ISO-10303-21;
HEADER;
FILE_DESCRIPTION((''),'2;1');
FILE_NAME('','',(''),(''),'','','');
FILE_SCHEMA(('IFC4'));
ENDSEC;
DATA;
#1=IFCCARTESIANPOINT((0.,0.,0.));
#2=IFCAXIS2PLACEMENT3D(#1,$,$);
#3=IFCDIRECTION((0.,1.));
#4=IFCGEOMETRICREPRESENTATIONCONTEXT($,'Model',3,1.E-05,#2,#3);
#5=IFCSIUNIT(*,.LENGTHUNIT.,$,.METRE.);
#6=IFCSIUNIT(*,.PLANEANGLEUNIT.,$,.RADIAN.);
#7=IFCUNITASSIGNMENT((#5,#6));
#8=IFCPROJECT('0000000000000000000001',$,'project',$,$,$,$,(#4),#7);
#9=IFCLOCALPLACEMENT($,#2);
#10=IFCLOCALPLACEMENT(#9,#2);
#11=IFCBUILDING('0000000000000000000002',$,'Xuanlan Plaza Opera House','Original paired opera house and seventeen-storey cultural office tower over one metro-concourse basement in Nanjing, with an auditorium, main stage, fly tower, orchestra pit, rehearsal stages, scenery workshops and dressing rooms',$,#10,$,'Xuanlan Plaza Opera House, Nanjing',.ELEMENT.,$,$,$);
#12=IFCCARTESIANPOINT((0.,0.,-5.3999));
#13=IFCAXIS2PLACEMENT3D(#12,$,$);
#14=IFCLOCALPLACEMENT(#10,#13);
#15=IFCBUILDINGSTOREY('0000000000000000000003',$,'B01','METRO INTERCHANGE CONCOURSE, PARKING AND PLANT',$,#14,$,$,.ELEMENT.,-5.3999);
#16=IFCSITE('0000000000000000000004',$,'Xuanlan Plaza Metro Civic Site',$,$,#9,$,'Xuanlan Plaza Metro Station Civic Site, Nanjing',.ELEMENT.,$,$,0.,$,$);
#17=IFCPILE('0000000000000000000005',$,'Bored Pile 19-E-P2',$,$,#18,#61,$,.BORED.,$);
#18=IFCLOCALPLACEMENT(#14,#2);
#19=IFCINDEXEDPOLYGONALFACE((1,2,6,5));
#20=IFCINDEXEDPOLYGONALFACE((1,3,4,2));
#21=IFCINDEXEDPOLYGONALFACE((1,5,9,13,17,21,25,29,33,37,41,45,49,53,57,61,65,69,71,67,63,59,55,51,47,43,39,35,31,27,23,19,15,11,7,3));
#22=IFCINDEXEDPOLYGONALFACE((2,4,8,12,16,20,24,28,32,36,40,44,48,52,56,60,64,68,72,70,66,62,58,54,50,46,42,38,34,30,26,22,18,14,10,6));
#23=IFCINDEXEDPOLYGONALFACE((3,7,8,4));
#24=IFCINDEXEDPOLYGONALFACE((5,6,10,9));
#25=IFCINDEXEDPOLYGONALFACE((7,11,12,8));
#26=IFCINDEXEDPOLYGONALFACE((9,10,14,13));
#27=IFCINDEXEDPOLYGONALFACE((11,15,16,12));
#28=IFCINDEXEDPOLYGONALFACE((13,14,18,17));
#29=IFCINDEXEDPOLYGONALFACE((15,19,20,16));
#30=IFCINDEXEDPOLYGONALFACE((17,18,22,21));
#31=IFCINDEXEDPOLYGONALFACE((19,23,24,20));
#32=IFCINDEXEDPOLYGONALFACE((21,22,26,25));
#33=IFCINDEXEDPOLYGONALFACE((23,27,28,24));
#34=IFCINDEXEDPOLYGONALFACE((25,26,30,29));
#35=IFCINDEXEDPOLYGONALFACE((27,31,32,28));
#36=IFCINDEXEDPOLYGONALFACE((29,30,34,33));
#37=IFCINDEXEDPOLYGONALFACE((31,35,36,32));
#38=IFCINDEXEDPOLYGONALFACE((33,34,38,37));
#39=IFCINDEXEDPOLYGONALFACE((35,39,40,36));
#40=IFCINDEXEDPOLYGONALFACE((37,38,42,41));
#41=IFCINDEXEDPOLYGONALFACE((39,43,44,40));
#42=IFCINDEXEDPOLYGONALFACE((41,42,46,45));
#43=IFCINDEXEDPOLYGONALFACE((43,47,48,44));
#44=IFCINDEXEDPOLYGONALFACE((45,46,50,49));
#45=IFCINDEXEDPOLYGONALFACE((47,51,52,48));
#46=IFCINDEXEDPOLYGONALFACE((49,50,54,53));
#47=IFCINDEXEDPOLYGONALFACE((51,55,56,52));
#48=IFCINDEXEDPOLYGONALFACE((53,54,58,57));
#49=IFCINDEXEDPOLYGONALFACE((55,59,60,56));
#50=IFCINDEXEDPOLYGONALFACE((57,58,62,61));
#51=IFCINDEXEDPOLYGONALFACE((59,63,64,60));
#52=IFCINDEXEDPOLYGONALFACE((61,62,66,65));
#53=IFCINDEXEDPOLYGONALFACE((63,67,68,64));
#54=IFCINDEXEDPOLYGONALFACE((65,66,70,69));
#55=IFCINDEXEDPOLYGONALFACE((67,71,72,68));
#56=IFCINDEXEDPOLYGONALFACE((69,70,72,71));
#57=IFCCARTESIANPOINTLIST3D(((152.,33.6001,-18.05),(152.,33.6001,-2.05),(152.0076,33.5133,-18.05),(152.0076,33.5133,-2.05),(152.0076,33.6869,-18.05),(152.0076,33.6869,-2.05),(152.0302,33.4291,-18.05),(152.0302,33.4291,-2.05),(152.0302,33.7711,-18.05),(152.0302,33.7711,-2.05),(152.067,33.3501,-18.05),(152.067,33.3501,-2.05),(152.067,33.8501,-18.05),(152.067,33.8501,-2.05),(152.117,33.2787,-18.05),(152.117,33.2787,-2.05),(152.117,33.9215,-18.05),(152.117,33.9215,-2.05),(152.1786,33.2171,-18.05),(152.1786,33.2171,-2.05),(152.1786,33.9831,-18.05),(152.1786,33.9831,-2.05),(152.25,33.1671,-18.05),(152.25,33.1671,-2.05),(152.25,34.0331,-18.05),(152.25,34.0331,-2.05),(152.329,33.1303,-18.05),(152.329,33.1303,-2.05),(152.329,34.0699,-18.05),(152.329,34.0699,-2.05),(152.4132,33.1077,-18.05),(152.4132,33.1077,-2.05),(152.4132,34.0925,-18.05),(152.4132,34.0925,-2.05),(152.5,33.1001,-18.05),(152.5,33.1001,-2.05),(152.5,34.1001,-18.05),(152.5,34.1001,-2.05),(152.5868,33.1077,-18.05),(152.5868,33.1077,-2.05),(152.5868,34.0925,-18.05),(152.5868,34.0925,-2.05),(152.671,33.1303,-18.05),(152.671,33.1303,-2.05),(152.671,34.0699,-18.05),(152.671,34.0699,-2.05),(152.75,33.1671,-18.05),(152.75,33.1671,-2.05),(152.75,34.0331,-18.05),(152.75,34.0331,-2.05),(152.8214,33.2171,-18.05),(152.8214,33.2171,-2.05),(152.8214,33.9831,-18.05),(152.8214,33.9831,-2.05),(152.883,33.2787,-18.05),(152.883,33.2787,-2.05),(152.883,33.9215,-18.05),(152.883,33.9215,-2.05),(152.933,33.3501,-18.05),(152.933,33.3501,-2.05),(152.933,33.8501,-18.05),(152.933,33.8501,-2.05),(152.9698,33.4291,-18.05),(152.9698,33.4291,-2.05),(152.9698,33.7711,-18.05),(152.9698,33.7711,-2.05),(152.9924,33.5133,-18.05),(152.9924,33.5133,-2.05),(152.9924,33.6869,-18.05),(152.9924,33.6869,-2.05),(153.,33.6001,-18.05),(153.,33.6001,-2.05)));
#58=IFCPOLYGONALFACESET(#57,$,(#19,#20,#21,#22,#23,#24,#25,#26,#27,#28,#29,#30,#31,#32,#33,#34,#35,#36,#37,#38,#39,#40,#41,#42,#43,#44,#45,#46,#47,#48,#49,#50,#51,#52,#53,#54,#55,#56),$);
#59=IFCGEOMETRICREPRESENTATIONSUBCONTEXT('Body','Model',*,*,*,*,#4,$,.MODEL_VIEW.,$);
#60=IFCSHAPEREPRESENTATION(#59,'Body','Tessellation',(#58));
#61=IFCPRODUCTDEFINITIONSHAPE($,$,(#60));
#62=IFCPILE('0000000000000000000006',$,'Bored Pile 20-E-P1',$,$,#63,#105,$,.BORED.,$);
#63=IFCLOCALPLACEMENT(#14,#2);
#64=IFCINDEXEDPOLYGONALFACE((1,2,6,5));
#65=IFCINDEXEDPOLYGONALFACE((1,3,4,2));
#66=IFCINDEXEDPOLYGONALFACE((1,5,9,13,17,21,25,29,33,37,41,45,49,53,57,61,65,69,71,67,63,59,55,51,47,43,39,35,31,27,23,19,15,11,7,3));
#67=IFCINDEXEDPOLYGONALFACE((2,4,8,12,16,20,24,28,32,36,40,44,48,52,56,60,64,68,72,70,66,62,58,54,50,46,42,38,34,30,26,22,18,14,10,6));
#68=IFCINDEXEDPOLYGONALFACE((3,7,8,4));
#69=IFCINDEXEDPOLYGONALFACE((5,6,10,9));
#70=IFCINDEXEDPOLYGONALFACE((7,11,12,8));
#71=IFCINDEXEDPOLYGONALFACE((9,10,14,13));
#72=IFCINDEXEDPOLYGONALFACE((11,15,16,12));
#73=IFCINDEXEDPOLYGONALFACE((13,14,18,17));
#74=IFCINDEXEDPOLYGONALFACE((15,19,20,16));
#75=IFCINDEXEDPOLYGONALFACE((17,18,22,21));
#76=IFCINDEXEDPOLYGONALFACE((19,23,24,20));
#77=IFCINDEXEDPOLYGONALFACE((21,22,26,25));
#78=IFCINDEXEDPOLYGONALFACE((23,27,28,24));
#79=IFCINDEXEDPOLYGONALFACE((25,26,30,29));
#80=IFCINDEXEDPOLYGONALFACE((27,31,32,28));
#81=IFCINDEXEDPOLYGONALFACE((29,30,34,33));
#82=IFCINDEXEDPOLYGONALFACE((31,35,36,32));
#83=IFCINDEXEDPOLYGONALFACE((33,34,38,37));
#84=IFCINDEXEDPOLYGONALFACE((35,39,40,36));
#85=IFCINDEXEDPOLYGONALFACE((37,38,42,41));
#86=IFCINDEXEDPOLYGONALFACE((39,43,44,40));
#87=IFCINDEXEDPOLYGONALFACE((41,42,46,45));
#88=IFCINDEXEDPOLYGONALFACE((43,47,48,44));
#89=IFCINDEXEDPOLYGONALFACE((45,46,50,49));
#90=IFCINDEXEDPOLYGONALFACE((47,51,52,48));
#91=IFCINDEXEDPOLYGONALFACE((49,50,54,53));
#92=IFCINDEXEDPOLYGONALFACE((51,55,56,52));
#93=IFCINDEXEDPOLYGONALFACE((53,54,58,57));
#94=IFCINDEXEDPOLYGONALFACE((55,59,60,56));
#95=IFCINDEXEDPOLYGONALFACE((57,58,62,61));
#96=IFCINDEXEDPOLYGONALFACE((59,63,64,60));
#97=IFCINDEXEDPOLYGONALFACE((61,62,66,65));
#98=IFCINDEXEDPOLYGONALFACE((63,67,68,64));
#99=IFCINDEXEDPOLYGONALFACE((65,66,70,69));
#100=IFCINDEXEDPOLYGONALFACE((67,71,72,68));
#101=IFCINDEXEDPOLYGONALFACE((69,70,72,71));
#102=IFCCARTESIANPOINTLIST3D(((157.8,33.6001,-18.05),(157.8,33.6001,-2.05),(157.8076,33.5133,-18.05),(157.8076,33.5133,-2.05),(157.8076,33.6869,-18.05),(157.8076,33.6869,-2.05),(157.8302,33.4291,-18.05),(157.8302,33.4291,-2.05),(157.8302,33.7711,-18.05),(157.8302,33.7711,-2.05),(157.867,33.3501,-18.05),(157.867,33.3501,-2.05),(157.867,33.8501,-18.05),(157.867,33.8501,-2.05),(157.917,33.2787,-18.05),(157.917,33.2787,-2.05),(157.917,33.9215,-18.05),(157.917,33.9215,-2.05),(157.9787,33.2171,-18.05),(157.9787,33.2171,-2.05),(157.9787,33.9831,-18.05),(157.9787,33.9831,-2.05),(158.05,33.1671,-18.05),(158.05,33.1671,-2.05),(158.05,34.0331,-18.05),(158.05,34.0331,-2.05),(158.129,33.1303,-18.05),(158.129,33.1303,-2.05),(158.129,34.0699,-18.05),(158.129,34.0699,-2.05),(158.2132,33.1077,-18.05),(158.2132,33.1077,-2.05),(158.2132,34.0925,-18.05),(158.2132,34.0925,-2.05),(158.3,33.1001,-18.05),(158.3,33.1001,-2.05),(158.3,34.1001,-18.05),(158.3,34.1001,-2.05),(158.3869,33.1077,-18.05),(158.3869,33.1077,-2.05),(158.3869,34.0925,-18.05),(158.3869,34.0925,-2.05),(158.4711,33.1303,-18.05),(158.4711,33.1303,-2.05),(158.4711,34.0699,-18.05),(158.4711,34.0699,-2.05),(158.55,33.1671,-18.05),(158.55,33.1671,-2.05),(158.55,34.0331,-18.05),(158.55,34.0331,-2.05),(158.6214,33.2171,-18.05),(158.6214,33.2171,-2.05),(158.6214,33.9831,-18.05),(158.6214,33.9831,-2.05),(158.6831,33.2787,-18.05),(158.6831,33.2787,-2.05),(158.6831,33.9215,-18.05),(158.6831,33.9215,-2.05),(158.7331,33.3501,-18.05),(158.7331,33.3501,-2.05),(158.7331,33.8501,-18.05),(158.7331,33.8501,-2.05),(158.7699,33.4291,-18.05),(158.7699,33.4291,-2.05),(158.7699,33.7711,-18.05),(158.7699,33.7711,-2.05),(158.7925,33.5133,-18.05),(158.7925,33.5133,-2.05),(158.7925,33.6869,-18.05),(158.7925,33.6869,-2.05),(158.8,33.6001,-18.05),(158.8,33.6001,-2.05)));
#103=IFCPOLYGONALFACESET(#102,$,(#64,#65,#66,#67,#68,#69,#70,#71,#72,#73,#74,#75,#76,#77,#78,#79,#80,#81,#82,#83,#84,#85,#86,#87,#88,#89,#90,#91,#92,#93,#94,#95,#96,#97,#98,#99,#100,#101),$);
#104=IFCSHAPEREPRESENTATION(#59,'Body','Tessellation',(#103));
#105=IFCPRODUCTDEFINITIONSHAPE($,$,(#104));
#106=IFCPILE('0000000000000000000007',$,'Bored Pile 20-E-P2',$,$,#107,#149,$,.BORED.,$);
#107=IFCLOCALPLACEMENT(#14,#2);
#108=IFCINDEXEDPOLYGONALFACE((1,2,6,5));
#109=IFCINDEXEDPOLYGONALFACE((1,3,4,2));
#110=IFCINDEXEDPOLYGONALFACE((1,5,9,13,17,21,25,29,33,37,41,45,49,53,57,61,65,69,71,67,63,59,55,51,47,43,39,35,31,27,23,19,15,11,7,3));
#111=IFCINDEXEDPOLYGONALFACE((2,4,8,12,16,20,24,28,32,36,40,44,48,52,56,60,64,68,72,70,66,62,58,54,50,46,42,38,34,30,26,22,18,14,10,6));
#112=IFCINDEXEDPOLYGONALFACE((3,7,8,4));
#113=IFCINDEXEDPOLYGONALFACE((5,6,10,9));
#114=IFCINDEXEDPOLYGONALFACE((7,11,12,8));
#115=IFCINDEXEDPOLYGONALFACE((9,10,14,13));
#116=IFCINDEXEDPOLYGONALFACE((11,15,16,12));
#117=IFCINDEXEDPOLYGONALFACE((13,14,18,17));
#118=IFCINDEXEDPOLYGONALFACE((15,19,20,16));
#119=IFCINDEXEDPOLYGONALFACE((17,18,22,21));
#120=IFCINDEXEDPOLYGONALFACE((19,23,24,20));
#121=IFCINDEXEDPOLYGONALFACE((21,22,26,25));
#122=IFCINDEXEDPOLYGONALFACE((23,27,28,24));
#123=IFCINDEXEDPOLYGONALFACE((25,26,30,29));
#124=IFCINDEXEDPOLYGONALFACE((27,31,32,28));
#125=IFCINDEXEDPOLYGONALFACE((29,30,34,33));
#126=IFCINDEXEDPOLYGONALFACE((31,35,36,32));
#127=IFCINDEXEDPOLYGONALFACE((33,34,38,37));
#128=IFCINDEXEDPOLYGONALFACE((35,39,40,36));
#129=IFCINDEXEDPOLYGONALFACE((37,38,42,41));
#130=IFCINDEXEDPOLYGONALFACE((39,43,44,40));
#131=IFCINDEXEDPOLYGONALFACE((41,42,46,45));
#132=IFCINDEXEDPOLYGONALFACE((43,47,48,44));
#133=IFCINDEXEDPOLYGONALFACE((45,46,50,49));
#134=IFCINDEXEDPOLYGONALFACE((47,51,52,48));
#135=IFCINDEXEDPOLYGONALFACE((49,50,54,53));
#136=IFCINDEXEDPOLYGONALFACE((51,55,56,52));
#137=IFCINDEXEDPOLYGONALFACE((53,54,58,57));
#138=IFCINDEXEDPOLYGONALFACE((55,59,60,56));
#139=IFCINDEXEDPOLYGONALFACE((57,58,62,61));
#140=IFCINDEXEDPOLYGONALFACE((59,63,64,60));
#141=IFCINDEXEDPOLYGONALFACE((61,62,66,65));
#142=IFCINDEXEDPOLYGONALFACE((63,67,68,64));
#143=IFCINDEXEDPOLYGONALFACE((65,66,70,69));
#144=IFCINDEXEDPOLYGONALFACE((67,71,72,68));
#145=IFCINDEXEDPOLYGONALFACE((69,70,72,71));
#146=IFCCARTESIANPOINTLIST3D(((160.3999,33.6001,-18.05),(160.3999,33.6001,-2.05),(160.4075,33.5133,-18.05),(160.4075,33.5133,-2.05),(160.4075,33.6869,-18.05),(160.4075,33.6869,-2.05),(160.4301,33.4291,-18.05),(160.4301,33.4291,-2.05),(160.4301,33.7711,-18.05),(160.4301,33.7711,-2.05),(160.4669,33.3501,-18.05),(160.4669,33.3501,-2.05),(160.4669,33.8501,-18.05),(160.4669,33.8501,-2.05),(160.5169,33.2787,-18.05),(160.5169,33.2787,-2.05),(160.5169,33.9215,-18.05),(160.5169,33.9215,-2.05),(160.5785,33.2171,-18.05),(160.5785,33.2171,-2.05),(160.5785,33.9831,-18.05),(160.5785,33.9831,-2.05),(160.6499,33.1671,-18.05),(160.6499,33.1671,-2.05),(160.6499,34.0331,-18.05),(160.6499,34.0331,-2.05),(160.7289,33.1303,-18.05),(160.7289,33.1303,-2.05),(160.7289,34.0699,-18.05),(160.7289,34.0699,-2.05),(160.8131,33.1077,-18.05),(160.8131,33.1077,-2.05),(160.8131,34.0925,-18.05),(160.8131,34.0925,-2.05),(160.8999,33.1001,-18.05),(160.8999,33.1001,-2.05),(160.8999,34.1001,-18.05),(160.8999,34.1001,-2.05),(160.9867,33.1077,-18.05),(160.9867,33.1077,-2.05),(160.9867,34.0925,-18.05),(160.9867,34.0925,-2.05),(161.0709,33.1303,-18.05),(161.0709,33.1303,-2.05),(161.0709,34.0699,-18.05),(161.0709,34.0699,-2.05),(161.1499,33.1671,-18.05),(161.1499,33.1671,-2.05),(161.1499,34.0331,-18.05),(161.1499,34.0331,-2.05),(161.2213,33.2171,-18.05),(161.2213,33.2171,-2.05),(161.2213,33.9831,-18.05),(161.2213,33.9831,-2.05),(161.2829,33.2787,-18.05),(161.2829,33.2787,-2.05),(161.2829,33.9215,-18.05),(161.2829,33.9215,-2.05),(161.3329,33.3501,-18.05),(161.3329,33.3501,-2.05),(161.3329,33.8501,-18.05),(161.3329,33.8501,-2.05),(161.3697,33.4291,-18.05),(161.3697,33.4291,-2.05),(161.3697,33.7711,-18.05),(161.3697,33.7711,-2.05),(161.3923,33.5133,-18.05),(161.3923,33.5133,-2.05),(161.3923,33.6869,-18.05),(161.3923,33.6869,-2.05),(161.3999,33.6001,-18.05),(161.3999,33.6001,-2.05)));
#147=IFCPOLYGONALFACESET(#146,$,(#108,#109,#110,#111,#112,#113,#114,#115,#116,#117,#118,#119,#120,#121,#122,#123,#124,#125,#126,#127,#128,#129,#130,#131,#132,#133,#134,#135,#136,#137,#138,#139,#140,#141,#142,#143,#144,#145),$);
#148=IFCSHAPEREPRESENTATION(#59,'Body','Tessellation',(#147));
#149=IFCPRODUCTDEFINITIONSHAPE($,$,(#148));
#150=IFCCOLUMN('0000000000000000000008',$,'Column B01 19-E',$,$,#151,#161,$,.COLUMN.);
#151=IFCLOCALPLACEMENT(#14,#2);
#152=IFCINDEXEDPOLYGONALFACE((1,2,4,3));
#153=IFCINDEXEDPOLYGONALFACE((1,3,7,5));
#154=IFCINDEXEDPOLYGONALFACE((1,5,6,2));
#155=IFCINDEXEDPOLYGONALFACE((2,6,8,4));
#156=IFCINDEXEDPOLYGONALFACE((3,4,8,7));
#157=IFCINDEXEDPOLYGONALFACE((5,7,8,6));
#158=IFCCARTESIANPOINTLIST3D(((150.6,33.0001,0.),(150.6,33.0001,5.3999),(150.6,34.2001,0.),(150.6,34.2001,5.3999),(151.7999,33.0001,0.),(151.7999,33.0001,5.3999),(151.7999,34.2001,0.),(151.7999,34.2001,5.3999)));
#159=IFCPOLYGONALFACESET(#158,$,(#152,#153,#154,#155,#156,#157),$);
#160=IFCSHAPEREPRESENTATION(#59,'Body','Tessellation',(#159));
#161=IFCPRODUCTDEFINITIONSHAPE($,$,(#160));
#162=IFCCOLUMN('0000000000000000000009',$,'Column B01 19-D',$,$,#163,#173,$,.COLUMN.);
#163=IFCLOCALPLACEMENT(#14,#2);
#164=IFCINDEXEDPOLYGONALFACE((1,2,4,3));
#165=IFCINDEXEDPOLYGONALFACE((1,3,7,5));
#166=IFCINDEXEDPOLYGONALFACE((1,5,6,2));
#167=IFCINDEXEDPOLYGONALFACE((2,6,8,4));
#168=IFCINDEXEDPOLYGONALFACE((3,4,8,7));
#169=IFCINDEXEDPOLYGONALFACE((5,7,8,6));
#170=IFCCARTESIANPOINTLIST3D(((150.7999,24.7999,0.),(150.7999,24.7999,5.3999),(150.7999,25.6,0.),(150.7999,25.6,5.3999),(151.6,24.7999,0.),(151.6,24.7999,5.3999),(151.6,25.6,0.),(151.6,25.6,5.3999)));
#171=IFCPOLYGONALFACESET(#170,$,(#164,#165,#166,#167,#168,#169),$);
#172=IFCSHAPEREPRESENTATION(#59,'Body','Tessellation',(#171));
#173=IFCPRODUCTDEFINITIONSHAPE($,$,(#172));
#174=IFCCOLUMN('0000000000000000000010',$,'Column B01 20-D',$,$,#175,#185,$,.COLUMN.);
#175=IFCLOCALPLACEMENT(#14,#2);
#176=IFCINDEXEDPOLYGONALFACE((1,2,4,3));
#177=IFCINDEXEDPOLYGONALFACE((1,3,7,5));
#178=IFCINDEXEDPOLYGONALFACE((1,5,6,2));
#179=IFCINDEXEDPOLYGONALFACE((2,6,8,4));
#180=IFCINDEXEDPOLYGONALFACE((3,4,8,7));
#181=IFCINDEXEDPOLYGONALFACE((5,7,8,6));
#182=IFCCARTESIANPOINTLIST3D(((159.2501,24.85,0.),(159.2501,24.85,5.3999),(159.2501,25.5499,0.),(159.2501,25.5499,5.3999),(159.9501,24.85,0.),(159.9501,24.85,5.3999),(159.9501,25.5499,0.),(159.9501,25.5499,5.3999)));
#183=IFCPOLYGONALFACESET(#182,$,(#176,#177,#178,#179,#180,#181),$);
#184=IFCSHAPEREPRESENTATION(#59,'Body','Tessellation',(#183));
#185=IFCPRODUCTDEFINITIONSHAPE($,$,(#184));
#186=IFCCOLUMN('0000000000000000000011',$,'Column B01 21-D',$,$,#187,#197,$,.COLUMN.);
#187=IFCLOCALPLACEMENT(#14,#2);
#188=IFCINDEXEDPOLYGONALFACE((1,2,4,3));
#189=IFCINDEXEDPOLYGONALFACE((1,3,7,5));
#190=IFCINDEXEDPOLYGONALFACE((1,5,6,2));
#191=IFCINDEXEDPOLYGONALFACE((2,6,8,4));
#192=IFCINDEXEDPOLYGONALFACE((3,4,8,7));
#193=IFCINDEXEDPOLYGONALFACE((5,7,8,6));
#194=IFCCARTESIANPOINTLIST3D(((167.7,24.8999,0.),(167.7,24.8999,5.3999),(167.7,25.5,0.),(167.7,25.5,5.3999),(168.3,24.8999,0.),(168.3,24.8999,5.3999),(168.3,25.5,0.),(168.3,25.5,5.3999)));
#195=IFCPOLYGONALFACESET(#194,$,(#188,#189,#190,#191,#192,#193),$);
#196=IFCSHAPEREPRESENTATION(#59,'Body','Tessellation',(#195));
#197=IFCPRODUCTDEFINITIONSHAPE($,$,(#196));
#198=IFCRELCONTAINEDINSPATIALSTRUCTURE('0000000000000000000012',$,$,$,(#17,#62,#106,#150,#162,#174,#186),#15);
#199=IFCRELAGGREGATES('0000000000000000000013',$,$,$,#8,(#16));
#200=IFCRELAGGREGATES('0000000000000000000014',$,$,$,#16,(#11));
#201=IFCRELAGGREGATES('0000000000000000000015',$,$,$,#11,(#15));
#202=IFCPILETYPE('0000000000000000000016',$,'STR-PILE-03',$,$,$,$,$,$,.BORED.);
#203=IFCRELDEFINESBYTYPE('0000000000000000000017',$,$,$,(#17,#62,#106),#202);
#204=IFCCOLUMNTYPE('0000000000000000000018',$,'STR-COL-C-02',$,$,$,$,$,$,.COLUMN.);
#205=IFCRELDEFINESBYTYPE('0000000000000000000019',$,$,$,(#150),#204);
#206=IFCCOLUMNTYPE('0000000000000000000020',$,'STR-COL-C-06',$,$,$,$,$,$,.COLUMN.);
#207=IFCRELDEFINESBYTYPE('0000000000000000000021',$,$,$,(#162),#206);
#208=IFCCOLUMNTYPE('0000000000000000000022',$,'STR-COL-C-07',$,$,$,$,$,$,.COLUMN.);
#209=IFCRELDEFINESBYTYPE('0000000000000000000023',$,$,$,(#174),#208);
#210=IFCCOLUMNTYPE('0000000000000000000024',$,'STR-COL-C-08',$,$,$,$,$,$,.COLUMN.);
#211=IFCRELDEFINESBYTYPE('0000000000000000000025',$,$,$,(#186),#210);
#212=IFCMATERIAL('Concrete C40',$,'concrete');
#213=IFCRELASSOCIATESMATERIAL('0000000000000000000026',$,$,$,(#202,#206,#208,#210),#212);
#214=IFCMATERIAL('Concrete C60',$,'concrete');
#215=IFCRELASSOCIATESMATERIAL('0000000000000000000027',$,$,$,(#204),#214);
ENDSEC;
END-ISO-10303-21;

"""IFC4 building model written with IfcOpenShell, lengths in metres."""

from ifc_helpers import new_model, si_unit, direction, frame, origin, origin_2d, place, context, subcontext, project, spatial, rectangle, circle, extrude, material, material_profile, profile_set, type_object, element, save


model = new_model("IFC4")

# Units and contexts
model_context = context("Model", 3, precision=1e-05, world=origin(), true_north=direction((0.0, 1.0)))
body_context = subcontext(model_context, "Body", "Model", "MODEL_VIEW")
ifc_project = project(units=[si_unit("LENGTHUNIT", "METRE"), si_unit("PLANEANGLEUNIT", "RADIAN")], contexts=[model_context])

# Site, building, storey
site_placement = place(None, origin())
site = spatial("IfcSite", under=ifc_project, at=site_placement, Name="Xuanlan Plaza Metro Civic Site", LongName="Xuanlan Plaza Metro Station Civic Site, Nanjing", CompositionType="ELEMENT", RefElevation=0.0)
building_placement = place(site_placement, origin())
building = spatial("IfcBuilding", under=site, at=building_placement, Name="Xuanlan Plaza Opera House", Description="Original paired opera house and seventeen-storey cultural office tower over one metro-concourse basement in Nanjing, with an auditorium, main stage, fly tower, orchestra pit, rehearsal stages, scenery workshops and dressing rooms", LongName="Xuanlan Plaza Opera House, Nanjing", CompositionType="ELEMENT")
storey_placement = place(building_placement, frame((0.0, 0.0, -5.3999)))
storey = spatial("IfcBuildingStorey", under=building, at=storey_placement, Name="B01", Description="METRO INTERCHANGE CONCOURSE, PARKING AND PLANT", CompositionType="ELEMENT", Elevation=-5.3999)

# Shared definitions
ifc_material_1 = material(Name="Concrete C40", Category="concrete")

# Piles
ifc_material_profile_1 = material_profile(ifc_material_1, circle(Radius=0.5, at=origin_2d()), Name="PILE D1000")
ifc_profile_set_1 = profile_set([ifc_material_profile_1], Name="Concrete C40")
pile_type_1 = type_object("IfcPileType", Name="STR-PILE-03", PredefinedType="BORED", material=ifc_profile_set_1)
for number, where, z_axis, x_axis, name in (
    (1, (152.5, 33.6001, -2.05), (0.0, 0.0, -1.0), (1.0, 0.0, 0.0), "Bored Pile 19-E-P2"),
    (2, (158.3, 33.6001, -2.05), (0.0, 0.0, -1.0), (1.0, 0.0, 0.0), "Bored Pile 20-E-P1"),
    (3, (160.8999, 33.6001, -2.05), (0.0, 0.0, -1.0), (1.0, 0.0, 0.0), "Bored Pile 20-E-P2"),
):
    element("IfcPile", number, at=place(storey_placement, frame(where, z_axis=z_axis, x_axis=x_axis)), inside=storey, type_object=pile_type_1, Name=name, PredefinedType="BORED", context=body_context, shape_type="SweptSolid", body=[
        extrude(circle(Radius=0.5, at=origin_2d()), origin(), (0.0, 0.0, 1.0), 16.0),
    ])

# Columns
ifc_material_2 = material(Name="Concrete C60", Category="concrete")
ifc_material_profile_2 = material_profile(ifc_material_2, rectangle(XDim=1.2, YDim=1.2, at=origin_2d()), Name="RC-COL 1200x1200")
ifc_profile_set_2 = profile_set([ifc_material_profile_2], Name="Concrete C60")
column_type_1 = type_object("IfcColumnType", Name="STR-COL-C-02", PredefinedType="COLUMN", material=ifc_profile_set_2)
column_1_placement = place(storey_placement, frame((151.2, 33.6001, 0.0), z_axis=(0.0, 0.0, 1.0), x_axis=(1.0, 0.0, 0.0)))
element("IfcColumn", 4, at=column_1_placement, inside=storey, type_object=column_type_1, Name="Column B01 19-E", PredefinedType="COLUMN", context=body_context, shape_type="SweptSolid", body=[
    extrude(rectangle(XDim=1.2, YDim=1.2, at=origin_2d()), origin(), (0.0, 0.0, 1.0), 5.3999),
])
ifc_material_profile_3 = material_profile(ifc_material_1, rectangle(XDim=0.8, YDim=0.8, at=origin_2d()), Name="RC-COL 800x800")
ifc_profile_set_3 = profile_set([ifc_material_profile_3], Name="Concrete C40")
column_type_2 = type_object("IfcColumnType", Name="STR-COL-C-06", PredefinedType="COLUMN", material=ifc_profile_set_3)
column_2_placement = place(storey_placement, frame((151.2, 25.2, 0.0), z_axis=(0.0, 0.0, 1.0), x_axis=(1.0, 0.0, 0.0)))
element("IfcColumn", 5, at=column_2_placement, inside=storey, type_object=column_type_2, Name="Column B01 19-D", PredefinedType="COLUMN", context=body_context, shape_type="SweptSolid", body=[
    extrude(rectangle(XDim=0.8, YDim=0.8, at=origin_2d()), origin(), (0.0, 0.0, 1.0), 5.3999),
])
ifc_material_profile_4 = material_profile(ifc_material_1, rectangle(XDim=0.7, YDim=0.7, at=origin_2d()), Name="RC-COL 700x700")
ifc_profile_set_4 = profile_set([ifc_material_profile_4], Name="Concrete C40")
column_type_3 = type_object("IfcColumnType", Name="STR-COL-C-07", PredefinedType="COLUMN", material=ifc_profile_set_4)
column_3_placement = place(storey_placement, frame((159.6001, 25.2, 0.0), z_axis=(0.0, 0.0, 1.0), x_axis=(1.0, 0.0, 0.0)))
element("IfcColumn", 6, at=column_3_placement, inside=storey, type_object=column_type_3, Name="Column B01 20-D", PredefinedType="COLUMN", context=body_context, shape_type="SweptSolid", body=[
    extrude(rectangle(XDim=0.7, YDim=0.7, at=origin_2d()), origin(), (0.0, 0.0, 1.0), 5.3999),
])
ifc_material_profile_5 = material_profile(ifc_material_1, rectangle(XDim=0.6001, YDim=0.6001, at=origin_2d()), Name="RC-COL 600x600")
ifc_profile_set_5 = profile_set([ifc_material_profile_5], Name="Concrete C40")
column_type_4 = type_object("IfcColumnType", Name="STR-COL-C-08", PredefinedType="COLUMN", material=ifc_profile_set_5)
column_4_placement = place(storey_placement, frame((168.0, 25.2, 0.0), z_axis=(0.0, 0.0, 1.0), x_axis=(1.0, 0.0, 0.0)))
element("IfcColumn", 7, at=column_4_placement, inside=storey, type_object=column_type_4, Name="Column B01 21-D", PredefinedType="COLUMN", context=body_context, shape_type="SweptSolid", body=[
    extrude(rectangle(XDim=0.6001, YDim=0.6001, at=origin_2d()), origin(), (0.0, 0.0, 1.0), 5.3999),
])

save(model, "model.ifc")
